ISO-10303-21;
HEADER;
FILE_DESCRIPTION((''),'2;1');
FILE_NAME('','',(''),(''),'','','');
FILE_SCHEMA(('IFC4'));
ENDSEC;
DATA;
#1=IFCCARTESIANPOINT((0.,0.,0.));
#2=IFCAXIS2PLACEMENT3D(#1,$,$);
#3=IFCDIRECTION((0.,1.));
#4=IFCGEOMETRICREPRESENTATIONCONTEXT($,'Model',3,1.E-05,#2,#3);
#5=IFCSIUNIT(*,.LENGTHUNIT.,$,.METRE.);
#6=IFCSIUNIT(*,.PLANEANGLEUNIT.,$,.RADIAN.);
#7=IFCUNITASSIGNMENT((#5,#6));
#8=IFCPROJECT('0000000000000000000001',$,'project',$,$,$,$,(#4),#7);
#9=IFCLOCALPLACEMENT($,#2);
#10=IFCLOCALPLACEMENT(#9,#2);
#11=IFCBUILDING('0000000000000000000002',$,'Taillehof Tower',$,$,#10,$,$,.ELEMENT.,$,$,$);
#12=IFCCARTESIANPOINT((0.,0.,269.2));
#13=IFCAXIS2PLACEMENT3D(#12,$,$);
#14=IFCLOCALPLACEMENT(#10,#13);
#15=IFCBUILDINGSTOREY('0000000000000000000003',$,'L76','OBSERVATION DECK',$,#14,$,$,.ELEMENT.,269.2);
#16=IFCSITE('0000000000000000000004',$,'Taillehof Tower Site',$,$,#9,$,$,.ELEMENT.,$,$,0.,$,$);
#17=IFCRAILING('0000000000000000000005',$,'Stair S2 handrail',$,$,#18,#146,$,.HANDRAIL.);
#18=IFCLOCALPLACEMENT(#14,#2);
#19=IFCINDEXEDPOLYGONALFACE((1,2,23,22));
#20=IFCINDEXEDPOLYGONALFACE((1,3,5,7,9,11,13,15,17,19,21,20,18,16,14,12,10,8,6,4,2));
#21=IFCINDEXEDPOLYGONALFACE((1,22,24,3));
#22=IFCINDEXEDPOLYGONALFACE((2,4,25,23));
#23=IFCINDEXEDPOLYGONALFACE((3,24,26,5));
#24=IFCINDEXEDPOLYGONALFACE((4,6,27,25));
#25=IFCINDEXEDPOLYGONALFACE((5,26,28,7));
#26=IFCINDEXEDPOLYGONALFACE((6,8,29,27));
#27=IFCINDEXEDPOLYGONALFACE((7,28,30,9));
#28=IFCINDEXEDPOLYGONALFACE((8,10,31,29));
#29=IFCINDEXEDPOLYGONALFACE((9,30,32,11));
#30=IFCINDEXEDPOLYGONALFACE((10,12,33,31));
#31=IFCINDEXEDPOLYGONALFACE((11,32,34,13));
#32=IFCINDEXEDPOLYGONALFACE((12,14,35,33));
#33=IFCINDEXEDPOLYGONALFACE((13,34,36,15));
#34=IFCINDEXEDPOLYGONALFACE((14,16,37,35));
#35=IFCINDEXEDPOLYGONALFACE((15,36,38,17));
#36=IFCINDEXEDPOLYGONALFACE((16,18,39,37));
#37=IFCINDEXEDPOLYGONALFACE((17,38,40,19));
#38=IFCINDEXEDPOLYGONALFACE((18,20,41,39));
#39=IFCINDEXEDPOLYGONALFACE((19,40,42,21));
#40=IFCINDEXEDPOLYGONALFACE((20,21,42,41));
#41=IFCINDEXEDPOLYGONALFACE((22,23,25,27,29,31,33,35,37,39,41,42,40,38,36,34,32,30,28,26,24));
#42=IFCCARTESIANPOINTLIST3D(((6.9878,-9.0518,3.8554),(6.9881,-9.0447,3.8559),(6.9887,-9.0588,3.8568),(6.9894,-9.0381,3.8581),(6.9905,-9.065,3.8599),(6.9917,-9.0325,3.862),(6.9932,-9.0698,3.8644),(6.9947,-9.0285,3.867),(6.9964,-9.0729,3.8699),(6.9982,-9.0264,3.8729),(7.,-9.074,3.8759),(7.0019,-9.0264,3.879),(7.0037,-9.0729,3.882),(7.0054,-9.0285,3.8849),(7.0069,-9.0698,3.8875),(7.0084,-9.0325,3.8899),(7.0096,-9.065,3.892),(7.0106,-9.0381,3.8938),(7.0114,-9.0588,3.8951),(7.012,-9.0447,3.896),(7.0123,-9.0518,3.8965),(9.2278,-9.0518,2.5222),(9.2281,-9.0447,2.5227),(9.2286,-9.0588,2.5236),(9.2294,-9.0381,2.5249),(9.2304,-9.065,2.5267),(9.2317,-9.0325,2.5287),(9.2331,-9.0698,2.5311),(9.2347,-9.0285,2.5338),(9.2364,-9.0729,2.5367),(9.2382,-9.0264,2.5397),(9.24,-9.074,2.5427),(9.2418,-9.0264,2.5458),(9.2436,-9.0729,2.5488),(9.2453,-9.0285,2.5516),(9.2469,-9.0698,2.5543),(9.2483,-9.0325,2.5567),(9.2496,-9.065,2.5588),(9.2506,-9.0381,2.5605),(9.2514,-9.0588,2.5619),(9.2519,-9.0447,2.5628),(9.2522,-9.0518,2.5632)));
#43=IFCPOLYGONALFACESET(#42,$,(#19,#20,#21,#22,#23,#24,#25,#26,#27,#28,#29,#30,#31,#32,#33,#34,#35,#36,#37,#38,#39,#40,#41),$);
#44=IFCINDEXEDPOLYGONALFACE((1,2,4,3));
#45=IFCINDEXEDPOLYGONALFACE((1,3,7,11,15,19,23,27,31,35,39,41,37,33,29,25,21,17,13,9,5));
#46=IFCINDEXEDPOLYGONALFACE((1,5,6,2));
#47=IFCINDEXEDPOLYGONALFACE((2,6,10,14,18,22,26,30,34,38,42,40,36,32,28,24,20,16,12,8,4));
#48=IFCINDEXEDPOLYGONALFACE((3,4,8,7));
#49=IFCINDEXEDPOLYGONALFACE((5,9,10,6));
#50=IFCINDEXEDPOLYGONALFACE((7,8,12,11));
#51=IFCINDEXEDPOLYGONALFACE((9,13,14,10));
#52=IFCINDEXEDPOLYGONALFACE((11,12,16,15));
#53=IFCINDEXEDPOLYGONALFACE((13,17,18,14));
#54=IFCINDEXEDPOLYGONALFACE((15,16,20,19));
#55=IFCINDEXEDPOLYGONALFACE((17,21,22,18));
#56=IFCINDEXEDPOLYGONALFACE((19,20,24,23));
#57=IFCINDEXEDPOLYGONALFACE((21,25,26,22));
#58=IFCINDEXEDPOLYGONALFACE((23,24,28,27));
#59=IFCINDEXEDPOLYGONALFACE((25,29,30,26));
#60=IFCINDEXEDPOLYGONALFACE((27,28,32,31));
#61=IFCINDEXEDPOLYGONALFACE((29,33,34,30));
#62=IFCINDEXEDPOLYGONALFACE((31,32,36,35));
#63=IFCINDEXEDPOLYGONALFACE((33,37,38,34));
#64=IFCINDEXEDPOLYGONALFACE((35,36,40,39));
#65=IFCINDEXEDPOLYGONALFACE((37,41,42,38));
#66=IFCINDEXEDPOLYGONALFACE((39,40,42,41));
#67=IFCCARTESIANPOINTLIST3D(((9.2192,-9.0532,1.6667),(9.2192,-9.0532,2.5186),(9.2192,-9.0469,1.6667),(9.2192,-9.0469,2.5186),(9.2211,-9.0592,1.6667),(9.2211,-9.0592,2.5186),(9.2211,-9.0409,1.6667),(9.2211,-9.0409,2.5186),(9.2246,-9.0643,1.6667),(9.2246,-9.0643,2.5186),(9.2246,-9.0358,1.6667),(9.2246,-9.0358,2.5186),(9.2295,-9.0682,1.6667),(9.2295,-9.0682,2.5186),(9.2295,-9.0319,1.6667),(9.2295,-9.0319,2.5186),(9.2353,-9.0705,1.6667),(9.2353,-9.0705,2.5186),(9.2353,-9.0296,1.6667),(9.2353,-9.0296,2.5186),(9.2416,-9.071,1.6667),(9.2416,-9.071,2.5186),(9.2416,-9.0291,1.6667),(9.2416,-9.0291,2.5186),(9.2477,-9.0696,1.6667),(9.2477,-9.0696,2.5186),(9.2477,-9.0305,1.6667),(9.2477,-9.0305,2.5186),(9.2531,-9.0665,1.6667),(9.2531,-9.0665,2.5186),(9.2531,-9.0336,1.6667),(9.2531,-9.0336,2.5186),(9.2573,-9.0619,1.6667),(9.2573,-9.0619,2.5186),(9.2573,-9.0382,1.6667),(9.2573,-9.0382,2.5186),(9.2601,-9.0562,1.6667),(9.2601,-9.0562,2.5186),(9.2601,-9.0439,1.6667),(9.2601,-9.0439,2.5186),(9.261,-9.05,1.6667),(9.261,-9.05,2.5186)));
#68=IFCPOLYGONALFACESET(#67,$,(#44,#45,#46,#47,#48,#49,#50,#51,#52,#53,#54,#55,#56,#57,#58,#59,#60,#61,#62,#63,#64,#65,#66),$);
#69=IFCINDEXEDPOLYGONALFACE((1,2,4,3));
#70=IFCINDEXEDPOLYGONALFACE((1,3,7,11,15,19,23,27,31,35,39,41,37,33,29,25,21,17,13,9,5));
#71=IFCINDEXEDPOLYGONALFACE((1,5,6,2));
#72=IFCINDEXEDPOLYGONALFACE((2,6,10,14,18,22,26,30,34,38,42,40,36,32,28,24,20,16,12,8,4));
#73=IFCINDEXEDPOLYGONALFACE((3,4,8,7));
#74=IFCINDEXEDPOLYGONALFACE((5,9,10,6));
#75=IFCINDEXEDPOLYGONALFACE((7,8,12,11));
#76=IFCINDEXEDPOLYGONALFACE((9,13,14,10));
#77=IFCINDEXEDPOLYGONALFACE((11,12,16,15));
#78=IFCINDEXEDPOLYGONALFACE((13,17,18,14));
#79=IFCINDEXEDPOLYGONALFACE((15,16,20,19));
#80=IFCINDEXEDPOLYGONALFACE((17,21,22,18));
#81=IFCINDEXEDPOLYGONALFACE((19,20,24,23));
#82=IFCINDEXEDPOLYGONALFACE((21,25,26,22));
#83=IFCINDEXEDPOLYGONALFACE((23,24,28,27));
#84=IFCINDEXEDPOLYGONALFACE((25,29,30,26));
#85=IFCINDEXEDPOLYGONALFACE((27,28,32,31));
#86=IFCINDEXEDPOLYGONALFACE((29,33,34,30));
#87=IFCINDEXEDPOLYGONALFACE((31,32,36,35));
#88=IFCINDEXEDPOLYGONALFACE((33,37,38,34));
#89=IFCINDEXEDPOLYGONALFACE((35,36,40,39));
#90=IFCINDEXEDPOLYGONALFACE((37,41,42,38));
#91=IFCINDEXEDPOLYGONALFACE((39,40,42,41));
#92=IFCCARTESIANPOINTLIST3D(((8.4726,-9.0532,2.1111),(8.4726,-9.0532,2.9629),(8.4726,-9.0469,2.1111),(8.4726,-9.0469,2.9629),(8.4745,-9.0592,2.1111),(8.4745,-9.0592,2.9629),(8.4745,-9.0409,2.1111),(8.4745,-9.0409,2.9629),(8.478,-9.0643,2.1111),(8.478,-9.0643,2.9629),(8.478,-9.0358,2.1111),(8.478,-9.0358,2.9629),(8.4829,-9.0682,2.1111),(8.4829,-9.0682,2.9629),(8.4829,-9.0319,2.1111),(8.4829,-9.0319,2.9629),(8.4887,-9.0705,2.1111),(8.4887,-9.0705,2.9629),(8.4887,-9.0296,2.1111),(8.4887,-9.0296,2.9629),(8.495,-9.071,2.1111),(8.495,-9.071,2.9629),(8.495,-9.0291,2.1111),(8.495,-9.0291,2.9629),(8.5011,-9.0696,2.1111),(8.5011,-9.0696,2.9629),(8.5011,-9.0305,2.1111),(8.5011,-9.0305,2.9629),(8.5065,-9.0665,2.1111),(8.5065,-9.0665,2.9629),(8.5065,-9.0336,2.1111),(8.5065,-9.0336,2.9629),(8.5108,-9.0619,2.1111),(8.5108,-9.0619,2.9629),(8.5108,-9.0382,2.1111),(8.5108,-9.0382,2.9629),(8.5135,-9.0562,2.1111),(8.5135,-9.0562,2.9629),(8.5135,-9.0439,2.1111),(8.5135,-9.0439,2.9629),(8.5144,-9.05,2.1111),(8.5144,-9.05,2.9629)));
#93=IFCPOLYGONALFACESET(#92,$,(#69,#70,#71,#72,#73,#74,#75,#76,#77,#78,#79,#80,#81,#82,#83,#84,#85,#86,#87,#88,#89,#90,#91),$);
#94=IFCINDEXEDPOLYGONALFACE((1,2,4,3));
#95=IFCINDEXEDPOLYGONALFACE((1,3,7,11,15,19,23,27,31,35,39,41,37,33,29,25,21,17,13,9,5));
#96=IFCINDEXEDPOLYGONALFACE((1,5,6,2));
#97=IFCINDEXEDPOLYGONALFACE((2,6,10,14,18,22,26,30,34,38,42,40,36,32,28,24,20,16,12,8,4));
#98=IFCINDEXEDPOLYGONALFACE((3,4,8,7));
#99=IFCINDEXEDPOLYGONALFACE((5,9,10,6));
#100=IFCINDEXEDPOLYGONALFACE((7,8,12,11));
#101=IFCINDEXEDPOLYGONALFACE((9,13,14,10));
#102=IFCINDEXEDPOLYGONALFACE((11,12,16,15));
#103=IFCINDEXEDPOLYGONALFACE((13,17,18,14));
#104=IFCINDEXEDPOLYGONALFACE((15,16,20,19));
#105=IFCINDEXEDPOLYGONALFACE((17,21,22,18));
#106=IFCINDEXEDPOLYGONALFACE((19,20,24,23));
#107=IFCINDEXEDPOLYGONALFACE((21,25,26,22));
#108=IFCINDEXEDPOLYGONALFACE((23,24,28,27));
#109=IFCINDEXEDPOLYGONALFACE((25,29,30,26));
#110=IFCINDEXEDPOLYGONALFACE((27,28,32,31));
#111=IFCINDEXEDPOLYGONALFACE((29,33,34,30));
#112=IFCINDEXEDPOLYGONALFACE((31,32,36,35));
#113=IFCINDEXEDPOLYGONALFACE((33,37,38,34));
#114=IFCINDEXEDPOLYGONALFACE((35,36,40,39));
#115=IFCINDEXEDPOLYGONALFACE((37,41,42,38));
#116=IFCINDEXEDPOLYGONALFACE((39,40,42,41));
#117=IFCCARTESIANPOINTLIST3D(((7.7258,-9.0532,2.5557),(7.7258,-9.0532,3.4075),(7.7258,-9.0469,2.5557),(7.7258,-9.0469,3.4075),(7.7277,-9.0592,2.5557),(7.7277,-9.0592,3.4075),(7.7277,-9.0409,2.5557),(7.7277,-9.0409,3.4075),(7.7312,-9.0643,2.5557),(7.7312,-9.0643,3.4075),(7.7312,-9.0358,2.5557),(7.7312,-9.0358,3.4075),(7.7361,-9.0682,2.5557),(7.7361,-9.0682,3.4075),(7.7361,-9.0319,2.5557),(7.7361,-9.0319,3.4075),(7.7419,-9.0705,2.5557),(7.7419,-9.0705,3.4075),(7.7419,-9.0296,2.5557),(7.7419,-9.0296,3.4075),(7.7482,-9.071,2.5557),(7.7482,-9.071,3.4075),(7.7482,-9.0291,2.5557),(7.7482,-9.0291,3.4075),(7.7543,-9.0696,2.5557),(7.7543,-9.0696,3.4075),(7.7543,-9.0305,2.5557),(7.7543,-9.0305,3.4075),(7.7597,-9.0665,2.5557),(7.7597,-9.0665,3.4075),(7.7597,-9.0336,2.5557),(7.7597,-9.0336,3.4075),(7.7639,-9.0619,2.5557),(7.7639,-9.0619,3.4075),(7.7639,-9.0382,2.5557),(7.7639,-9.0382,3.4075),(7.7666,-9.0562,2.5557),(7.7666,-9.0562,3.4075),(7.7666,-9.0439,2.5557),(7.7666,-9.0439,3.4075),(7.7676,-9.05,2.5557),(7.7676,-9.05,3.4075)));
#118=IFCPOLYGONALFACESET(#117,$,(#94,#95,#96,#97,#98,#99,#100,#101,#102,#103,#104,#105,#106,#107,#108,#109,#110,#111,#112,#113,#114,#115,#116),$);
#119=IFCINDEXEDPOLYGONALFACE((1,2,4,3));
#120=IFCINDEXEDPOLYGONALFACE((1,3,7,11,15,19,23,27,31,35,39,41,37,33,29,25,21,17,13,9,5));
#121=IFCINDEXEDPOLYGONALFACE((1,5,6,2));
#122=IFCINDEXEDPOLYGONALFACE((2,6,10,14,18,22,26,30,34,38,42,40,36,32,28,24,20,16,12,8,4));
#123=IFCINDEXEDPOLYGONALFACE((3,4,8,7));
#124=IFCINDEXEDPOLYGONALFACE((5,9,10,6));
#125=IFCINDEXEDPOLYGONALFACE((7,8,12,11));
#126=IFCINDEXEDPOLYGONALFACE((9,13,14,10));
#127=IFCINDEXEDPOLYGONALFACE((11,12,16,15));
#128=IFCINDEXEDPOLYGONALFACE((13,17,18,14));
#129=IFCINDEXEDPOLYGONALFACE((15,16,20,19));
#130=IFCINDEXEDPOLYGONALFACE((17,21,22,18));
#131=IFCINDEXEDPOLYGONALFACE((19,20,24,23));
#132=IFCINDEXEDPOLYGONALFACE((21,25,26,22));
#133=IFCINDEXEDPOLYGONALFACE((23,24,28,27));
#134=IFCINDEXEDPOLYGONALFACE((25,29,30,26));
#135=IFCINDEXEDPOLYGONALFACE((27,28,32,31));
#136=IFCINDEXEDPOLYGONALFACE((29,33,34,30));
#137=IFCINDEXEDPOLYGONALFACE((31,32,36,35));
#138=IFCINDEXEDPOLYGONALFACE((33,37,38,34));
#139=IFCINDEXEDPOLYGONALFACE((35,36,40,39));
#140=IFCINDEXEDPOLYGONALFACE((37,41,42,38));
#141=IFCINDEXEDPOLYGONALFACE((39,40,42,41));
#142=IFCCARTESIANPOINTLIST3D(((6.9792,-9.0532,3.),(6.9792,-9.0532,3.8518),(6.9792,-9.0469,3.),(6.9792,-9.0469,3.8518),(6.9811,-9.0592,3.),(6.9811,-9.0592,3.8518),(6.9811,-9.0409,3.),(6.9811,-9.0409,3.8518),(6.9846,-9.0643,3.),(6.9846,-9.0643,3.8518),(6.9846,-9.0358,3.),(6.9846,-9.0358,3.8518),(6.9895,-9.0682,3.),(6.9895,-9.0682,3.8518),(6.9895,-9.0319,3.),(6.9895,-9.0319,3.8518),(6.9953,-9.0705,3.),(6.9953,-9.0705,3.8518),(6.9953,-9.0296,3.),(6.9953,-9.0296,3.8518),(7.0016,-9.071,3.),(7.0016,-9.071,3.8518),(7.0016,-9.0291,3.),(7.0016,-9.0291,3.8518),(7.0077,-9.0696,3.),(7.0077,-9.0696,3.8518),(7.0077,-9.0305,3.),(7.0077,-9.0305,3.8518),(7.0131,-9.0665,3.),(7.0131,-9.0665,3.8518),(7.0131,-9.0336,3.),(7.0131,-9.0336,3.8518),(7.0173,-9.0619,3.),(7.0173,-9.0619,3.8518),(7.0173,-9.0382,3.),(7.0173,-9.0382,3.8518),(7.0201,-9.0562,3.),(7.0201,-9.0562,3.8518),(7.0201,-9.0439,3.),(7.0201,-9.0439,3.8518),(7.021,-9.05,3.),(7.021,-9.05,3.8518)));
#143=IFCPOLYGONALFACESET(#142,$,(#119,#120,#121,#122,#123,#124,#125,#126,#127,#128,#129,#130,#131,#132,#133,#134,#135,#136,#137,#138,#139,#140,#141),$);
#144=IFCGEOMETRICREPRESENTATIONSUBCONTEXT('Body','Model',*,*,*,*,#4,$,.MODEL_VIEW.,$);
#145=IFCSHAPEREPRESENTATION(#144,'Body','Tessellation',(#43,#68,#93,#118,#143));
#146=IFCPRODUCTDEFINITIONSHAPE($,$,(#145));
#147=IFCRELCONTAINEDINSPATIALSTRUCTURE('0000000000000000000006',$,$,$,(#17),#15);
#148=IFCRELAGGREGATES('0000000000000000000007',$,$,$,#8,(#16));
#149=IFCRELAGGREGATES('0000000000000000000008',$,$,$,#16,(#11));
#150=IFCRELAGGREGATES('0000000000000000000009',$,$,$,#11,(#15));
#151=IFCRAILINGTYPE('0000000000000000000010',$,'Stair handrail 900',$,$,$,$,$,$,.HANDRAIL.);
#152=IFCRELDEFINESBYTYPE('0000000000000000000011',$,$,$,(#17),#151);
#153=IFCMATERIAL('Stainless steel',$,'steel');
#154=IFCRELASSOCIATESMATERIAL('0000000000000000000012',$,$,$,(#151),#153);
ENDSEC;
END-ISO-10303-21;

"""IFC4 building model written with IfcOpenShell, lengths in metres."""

from ifc_helpers import new_model, si_unit, direction, frame, origin, origin_2d, place, context, subcontext, project, spatial, circle, extrude, material, type_object, element, save


model = new_model("IFC4")

# Units and contexts
model_context = context("Model", 3, precision=1e-05, world=origin(), true_north=direction((0.0, 1.0)))
body_context = subcontext(model_context, "Body", "Model", "MODEL_VIEW")
ifc_project = project(units=[si_unit("LENGTHUNIT", "METRE"), si_unit("PLANEANGLEUNIT", "RADIAN")], contexts=[model_context])

# Site, building, storey
site_placement = place(None, origin())
site = spatial("IfcSite", under=ifc_project, at=site_placement, Name="Taillehof Tower Site", CompositionType="ELEMENT", RefElevation=0.0)
building_placement = place(site_placement, origin())
building = spatial("IfcBuilding", under=site, at=building_placement, Name="Taillehof Tower", CompositionType="ELEMENT")
storey_placement = place(building_placement, frame((0.0, 0.0, 269.2)))
storey = spatial("IfcBuildingStorey", under=building, at=storey_placement, Name="L76", Description="OBSERVATION DECK", CompositionType="ELEMENT", Elevation=269.2)

# Railing
ifc_material_1 = material(Name="Stainless steel", Category="steel")
railing_type = type_object("IfcRailingType", Name="Stair handrail 900", PredefinedType="HANDRAIL", material=ifc_material_1)
railing_1_placement = place(storey_placement, frame((9.24, -9.05, 1.6667)))
element("IfcRailing", 1, at=railing_1_placement, inside=storey, type_object=railing_type, Name="Stair S2 handrail", PredefinedType="HANDRAIL", context=body_context, shape_type="SweptSolid", body=[
    extrude(circle(Radius=0.0239, at=origin_2d()), frame((0.0, 0.0, 0.876), z_axis=(-0.859306, 0.0, 0.511462), x_axis=(0.0, -1.0, 0.0)), (0.0, 0.0, 1.0), 2.6067),
    extrude(circle(Radius=0.021, at=origin_2d()), origin(), (0.0, 0.0, 1.0), 0.8518),
    extrude(circle(Radius=0.021, at=origin_2d()), frame((-0.7466, 0.0, 0.4443)), (0.0, 0.0, 1.0), 0.8518),
    extrude(circle(Radius=0.021, at=origin_2d()), frame((-1.4934, 0.0, 0.8889)), (0.0, 0.0, 1.0), 0.8518),
    extrude(circle(Radius=0.021, at=origin_2d()), frame((-2.24, 0.0, 1.3333)), (0.0, 0.0, 1.0), 0.8518),
])

save(model, "model.ifc")
